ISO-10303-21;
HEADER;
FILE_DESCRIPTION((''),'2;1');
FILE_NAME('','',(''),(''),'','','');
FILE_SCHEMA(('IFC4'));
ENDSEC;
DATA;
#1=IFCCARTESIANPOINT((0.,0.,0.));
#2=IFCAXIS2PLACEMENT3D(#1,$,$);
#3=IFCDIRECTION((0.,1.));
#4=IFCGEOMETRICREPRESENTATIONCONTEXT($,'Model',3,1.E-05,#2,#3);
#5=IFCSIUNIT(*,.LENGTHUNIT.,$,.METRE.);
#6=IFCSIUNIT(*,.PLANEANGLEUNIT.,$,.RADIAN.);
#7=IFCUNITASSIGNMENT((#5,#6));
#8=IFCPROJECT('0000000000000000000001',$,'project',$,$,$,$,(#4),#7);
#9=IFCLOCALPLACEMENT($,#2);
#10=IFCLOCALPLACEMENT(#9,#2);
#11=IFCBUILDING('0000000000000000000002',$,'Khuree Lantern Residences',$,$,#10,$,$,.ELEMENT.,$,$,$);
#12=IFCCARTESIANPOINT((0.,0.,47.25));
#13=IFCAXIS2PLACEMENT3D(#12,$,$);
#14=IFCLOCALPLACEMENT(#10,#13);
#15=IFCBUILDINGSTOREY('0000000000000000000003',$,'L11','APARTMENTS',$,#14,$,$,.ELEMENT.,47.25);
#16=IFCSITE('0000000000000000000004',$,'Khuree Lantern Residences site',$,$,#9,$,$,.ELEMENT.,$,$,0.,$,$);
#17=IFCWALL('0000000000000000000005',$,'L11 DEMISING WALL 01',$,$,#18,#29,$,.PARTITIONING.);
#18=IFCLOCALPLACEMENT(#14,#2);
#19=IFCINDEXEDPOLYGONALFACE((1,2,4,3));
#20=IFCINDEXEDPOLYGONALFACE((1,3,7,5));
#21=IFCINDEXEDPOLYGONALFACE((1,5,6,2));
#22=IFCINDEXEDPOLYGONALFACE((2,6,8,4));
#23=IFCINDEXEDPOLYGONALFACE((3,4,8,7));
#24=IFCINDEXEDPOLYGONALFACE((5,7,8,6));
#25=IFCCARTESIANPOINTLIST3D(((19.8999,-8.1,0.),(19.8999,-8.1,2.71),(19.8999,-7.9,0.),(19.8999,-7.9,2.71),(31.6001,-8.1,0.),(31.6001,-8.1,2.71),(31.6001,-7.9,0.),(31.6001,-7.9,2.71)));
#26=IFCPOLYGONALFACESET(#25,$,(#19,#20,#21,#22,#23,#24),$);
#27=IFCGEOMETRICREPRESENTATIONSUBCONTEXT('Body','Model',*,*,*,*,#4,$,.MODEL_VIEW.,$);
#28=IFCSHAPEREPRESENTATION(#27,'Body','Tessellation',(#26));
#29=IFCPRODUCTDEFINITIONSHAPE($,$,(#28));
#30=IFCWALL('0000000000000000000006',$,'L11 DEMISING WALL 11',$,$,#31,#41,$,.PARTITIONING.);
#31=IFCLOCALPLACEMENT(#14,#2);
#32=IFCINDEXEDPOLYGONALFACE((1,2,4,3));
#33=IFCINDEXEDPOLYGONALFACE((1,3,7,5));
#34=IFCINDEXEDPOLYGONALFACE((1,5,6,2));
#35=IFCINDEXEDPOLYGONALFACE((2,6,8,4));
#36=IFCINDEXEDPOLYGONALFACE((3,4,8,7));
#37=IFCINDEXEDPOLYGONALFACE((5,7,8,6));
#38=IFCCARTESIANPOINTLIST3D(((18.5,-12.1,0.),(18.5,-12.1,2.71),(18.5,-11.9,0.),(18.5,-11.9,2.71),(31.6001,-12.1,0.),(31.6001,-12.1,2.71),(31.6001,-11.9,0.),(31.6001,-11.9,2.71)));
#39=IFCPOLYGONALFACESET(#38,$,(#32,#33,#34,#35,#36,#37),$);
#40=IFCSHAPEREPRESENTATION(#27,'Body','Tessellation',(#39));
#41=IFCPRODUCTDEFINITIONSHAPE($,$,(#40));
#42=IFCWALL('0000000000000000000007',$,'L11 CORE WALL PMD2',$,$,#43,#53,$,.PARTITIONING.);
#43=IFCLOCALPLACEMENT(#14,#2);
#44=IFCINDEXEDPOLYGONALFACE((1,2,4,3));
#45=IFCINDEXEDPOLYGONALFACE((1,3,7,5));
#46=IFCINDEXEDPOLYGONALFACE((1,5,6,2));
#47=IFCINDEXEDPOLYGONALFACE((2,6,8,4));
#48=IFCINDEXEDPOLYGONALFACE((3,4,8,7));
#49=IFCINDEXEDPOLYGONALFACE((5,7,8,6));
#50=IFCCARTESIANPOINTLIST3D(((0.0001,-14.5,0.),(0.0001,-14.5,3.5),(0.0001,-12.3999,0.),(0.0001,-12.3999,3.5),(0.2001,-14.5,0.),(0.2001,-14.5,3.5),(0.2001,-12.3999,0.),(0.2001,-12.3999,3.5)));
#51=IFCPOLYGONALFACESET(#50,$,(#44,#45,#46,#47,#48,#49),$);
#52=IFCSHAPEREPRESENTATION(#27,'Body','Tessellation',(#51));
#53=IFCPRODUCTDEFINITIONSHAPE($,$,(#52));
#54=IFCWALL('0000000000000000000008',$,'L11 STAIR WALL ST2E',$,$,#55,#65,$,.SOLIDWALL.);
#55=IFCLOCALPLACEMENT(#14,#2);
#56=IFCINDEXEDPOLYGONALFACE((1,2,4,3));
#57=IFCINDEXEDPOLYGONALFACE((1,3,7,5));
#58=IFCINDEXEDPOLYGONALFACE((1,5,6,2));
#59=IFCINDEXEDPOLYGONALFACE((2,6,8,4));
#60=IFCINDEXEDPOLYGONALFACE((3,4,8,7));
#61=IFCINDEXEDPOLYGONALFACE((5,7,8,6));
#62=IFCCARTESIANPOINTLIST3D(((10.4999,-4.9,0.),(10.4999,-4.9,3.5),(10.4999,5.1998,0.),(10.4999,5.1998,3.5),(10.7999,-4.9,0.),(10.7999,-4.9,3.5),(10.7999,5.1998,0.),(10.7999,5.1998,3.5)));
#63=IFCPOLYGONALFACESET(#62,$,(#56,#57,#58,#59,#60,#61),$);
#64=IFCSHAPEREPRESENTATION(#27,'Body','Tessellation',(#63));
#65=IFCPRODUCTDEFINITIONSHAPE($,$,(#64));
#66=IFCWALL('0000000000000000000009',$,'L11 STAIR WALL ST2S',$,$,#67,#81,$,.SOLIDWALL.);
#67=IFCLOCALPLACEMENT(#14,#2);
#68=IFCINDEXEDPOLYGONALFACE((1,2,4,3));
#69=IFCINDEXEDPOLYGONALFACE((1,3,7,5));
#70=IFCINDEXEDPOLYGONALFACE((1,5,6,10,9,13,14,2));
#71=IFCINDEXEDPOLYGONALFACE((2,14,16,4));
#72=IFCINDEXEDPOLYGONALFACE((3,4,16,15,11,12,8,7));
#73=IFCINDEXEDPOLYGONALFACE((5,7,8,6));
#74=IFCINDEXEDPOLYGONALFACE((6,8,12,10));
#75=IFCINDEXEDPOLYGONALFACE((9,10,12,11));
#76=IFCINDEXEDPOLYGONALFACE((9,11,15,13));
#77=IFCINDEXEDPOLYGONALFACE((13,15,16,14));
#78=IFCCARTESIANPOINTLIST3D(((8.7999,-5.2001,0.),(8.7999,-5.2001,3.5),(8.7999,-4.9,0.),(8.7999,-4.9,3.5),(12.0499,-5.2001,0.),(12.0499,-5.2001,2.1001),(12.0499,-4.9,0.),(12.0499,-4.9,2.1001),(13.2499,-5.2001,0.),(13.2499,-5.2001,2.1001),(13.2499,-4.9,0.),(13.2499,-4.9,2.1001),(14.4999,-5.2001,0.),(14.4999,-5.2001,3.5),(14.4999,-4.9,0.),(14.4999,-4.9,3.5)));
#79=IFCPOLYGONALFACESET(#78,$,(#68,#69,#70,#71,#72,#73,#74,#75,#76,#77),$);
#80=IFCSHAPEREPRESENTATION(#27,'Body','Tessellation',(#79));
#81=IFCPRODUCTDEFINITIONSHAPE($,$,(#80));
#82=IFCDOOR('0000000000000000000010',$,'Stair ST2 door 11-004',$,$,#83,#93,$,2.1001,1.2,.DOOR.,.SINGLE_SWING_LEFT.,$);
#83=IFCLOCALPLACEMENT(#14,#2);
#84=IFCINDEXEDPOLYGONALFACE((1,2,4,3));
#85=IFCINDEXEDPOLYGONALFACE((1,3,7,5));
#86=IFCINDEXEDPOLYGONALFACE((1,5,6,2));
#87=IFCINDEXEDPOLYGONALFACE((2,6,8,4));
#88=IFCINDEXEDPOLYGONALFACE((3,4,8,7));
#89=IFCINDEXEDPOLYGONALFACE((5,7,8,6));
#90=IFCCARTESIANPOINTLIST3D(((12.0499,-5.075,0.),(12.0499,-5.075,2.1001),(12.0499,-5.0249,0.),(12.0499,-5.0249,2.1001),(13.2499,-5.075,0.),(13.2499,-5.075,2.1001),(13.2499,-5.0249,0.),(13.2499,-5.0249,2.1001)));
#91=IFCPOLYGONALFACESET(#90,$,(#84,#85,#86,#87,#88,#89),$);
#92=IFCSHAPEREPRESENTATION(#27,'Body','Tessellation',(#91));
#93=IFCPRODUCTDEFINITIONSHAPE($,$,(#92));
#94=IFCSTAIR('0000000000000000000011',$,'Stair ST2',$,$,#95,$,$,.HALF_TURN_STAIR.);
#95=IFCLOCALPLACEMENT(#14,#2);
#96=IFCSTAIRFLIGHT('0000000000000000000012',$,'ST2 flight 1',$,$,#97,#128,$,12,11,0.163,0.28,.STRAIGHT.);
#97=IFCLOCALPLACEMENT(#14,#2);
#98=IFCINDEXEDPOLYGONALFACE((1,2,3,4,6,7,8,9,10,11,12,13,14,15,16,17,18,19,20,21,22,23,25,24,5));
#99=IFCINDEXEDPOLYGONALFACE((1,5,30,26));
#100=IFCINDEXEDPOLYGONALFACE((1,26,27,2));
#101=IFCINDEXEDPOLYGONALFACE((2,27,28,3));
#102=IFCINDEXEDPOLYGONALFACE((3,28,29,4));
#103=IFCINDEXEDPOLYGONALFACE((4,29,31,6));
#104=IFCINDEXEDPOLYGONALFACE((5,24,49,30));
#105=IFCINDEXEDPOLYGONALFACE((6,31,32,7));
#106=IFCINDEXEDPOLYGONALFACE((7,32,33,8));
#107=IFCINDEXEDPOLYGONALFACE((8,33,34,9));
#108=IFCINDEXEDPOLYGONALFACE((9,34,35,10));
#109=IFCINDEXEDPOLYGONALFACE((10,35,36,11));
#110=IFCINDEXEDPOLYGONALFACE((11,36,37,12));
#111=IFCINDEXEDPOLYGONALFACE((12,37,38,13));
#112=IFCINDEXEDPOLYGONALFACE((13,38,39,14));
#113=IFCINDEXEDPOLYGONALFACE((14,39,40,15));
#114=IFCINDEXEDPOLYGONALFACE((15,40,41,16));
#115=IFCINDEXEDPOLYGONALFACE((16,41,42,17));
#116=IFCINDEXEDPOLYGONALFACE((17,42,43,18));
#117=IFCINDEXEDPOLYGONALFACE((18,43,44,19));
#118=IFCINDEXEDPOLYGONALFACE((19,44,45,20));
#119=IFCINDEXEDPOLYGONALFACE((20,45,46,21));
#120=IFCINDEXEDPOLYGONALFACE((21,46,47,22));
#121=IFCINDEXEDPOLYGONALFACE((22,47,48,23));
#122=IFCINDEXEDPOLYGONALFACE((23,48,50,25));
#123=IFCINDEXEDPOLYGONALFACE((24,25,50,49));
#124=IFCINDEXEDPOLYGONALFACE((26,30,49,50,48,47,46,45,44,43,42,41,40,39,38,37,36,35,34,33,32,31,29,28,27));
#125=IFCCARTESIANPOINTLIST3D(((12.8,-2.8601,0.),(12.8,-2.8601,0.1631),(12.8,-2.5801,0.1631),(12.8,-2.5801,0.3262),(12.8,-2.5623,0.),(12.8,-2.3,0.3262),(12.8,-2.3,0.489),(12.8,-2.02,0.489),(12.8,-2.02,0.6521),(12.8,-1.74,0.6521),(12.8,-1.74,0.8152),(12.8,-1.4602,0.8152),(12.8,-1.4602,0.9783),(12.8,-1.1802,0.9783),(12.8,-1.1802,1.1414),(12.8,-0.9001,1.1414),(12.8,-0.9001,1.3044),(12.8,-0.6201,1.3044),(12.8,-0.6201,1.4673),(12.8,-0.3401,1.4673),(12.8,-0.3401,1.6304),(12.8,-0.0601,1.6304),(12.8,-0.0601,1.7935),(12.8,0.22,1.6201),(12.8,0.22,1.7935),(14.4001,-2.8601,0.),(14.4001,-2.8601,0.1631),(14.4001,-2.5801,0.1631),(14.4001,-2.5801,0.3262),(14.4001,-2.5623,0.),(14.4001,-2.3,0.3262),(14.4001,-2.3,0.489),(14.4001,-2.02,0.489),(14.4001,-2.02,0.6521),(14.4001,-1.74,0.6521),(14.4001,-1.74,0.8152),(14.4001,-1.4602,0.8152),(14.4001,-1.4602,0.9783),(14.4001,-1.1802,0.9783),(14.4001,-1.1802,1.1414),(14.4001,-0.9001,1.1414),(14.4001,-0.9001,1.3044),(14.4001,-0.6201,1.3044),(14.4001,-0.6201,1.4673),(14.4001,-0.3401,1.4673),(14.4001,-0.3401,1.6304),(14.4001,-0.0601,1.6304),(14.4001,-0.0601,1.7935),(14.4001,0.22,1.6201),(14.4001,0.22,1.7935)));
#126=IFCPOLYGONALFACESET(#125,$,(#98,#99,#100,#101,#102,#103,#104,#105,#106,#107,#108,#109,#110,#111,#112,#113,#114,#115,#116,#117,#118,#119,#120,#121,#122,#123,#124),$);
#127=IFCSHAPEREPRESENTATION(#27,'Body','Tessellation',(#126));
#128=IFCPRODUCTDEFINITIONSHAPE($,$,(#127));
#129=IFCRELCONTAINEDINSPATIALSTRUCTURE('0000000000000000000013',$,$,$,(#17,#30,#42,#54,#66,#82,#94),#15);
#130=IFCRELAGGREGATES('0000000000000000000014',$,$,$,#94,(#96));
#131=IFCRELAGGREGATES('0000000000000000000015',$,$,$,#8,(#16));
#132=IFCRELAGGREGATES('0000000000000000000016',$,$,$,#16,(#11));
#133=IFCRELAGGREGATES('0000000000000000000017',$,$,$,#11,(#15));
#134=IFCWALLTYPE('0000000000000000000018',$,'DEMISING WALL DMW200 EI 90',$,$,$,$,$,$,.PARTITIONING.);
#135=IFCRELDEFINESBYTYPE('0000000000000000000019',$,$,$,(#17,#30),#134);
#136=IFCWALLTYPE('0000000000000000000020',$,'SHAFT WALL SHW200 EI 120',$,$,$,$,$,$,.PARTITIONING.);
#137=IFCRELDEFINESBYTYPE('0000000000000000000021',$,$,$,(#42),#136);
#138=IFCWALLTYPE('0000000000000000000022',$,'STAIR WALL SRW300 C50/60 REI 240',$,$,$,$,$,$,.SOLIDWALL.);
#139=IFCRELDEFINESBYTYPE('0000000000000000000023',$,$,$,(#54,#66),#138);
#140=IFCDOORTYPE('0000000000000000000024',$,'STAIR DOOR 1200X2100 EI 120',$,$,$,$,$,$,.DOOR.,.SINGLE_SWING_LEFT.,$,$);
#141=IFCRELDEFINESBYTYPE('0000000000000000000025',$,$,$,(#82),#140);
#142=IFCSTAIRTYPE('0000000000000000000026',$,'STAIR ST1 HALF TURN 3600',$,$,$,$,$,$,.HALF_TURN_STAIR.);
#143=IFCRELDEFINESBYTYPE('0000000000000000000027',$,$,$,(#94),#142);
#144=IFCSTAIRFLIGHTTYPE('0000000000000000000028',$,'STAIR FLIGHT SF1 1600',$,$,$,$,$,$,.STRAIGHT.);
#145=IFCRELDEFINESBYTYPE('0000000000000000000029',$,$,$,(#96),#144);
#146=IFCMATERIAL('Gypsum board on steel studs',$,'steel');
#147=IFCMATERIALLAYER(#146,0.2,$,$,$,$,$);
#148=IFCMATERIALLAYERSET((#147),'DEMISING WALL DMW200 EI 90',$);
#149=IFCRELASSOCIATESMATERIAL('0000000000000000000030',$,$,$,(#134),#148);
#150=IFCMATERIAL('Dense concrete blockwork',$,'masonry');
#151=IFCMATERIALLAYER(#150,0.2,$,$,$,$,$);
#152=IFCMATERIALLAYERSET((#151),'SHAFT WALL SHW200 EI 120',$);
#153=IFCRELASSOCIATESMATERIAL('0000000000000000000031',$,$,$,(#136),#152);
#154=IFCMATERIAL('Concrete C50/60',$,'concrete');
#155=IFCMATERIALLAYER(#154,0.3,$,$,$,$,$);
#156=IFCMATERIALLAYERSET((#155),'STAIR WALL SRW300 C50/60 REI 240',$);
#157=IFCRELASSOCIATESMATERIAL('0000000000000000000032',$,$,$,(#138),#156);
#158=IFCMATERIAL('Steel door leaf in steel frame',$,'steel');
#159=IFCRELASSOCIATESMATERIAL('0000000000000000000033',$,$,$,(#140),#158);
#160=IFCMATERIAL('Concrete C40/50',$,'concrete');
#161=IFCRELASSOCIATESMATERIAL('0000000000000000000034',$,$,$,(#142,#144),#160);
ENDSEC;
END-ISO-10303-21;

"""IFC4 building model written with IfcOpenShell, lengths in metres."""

from ifc_helpers import new_model, si_unit, direction, frame, frame_2d, origin, place, context, subcontext, project, spatial, polyline, rectangle, outline, extrude, material, layer, layer_set, type_object, element, fill, aggregate, save


model = new_model("IFC4")

# Units and contexts
model_context = context("Model", 3, precision=1e-05, world=origin(), true_north=direction((0.0, 1.0)))
body_context = subcontext(model_context, "Body", "Model", "MODEL_VIEW")
ifc_project = project(units=[si_unit("LENGTHUNIT", "METRE"), si_unit("PLANEANGLEUNIT", "RADIAN")], contexts=[model_context])

# Site, building, storey
site_placement = place(None, origin())
site = spatial("IfcSite", under=ifc_project, at=site_placement, Name="Khuree Lantern Residences site", CompositionType="ELEMENT", RefElevation=0.0)
building_placement = place(site_placement, origin())
building = spatial("IfcBuilding", under=site, at=building_placement, Name="Khuree Lantern Residences", CompositionType="ELEMENT")
storey_placement = place(building_placement, frame((0.0, 0.0, 47.25)))
storey = spatial("IfcBuildingStorey", under=building, at=storey_placement, Name="L11", Description="APARTMENTS", CompositionType="ELEMENT", Elevation=47.25)

# Shared definitions
ifc_material_1 = material(Name="Dense concrete blockwork", Category="masonry")

# Shared definitions
ifc_material_2 = material(Name="Gypsum board on steel studs", Category="steel")

# Shared definitions
ifc_material_3 = material(Name="Steel door leaf in steel frame", Category="steel")

# Walls
ifc_layer_1 = layer(ifc_material_2, 0.2)
ifc_layer_set_1 = layer_set([ifc_layer_1], Name="DEMISING WALL DMW200 EI 90")
wall_type_1 = type_object("IfcWallType", Name="DEMISING WALL DMW200 EI 90", PredefinedType="PARTITIONING", material=ifc_layer_set_1)
wall_1_placement = place(storey_placement, frame((19.8999, -8.0, 0.0), z_axis=(0.0, 0.0, 1.0), x_axis=(1.0, 0.0, 0.0)))
element("IfcWall", 1, at=wall_1_placement, inside=storey, type_object=wall_type_1, Name="L11 DEMISING WALL 01", PredefinedType="PARTITIONING", context=body_context, shape_type="SweptSolid", body=[
    extrude(rectangle(XDim=11.7002, YDim=0.2, at=frame_2d((5.8501, 0.0))), origin(), (0.0, 0.0, 1.0), 2.71),
])
wall_2_placement = place(storey_placement, frame((18.5, -12.0, 0.0), z_axis=(0.0, 0.0, 1.0), x_axis=(1.0, 0.0, 0.0)))
element("IfcWall", 2, at=wall_2_placement, inside=storey, type_object=wall_type_1, Name="L11 DEMISING WALL 11", PredefinedType="PARTITIONING", context=body_context, shape_type="SweptSolid", body=[
    extrude(rectangle(XDim=13.1001, YDim=0.2, at=frame_2d((6.55, 0.0))), origin(), (0.0, 0.0, 1.0), 2.71),
])
ifc_layer_2 = layer(ifc_material_1, 0.2)
ifc_layer_set_2 = layer_set([ifc_layer_2], Name="SHAFT WALL SHW200 EI 120")
wall_type_2 = type_object("IfcWallType", Name="SHAFT WALL SHW200 EI 120", PredefinedType="PARTITIONING", material=ifc_layer_set_2)
wall_3_placement = place(storey_placement, frame((0.1001, -14.5, 0.0), z_axis=(0.0, 0.0, 1.0), x_axis=(0.0, 1.0, 0.0)))
element("IfcWall", 3, at=wall_3_placement, inside=storey, type_object=wall_type_2, Name="L11 CORE WALL PMD2", PredefinedType="PARTITIONING", context=body_context, shape_type="SweptSolid", body=[
    extrude(rectangle(XDim=2.1001, YDim=0.2, at=frame_2d((1.05, 0.0))), origin(), (0.0, 0.0, 1.0), 3.5),
])
ifc_material_4 = material(Name="Concrete C50/60", Category="concrete")
ifc_layer_3 = layer(ifc_material_4, 0.3)
ifc_layer_set_3 = layer_set([ifc_layer_3], Name="STAIR WALL SRW300 C50/60 REI 240")
wall_type_3 = type_object("IfcWallType", Name="STAIR WALL SRW300 C50/60 REI 240", PredefinedType="SOLIDWALL", material=ifc_layer_set_3)
wall_4_placement = place(storey_placement, frame((10.6499, -4.8999, 0.0), z_axis=(0.0, 0.0, 1.0), x_axis=(0.0, 1.0, 0.0)))
element("IfcWall", 4, at=wall_4_placement, inside=storey, type_object=wall_type_3, Name="L11 STAIR WALL ST2E", PredefinedType="SOLIDWALL", context=body_context, shape_type="SweptSolid", body=[
    extrude(rectangle(XDim=10.0999, YDim=0.3, at=frame_2d((5.0498, 0.0))), origin(), (0.0, 0.0, 1.0), 3.5),
])

# Wall, opening, door
wall_5_placement = place(storey_placement, frame((14.5, -5.05, 0.0), z_axis=(0.0, 0.0, 1.0), x_axis=(-1.0, 0.0, 0.0)))
wall_5 = element("IfcWall", 5, at=wall_5_placement, inside=storey, type_object=wall_type_3, Name="L11 STAIR WALL ST2S", PredefinedType="SOLIDWALL", context=body_context, shape_type="SweptSolid", body=[
    extrude(rectangle(XDim=5.7, YDim=0.3, at=frame_2d((2.8501, 0.0))), origin(), (0.0, 0.0, 1.0), 3.5),
])
opening_1_placement = place(wall_5_placement, frame((1.25, 0.0, 0.0)))
opening_1 = element("IfcOpeningElement", 6, at=opening_1_placement, cuts=wall_5, PredefinedType="OPENING", context=body_context, shape_type="SweptSolid", body=[
    extrude(rectangle(XDim=1.2, YDim=2.1001, at=frame_2d((0.6001, 1.05))), frame((0.0, 0.1602, 0.0), z_axis=(0.0, -1.0, 0.0), x_axis=(1.0, 0.0, 0.0)), (0.0, 0.0, 1.0), 0.3201),
])
door_type_1 = type_object("IfcDoorType", Name="STAIR DOOR 1200X2100 EI 120", OperationType="SINGLE_SWING_LEFT", PredefinedType="DOOR", material=ifc_material_3)
door_1_placement = place(opening_1_placement, origin())
door_1 = element("IfcDoor", 7, at=door_1_placement, inside=storey, type_object=door_type_1, Name="Stair ST2 door 11-004", OperationType="SINGLE_SWING_LEFT", OverallHeight=2.1001, OverallWidth=1.2, PredefinedType="DOOR", context=body_context, shape_type="SweptSolid", body=[
    extrude(rectangle(XDim=1.2, YDim=2.1001, at=frame_2d((0.6001, 1.05))), frame((0.0, 0.0249, 0.0), z_axis=(0.0, -1.0, 0.0), x_axis=(1.0, 0.0, 0.0)), (0.0, 0.0, 1.0), 0.05),
])
fill(opening_1, door_1)

# Stair, stair flight
ifc_material_5 = material(Name="Concrete C40/50", Category="concrete")
stair_type = type_object("IfcStairType", Name="STAIR ST1 HALF TURN 3600", PredefinedType="HALF_TURN_STAIR", material=ifc_material_5)
stair_placement = place(storey_placement, origin())
stair = element("IfcStair", 8, at=stair_placement, inside=storey, type_object=stair_type, Name="Stair ST2", PredefinedType="HALF_TURN_STAIR")
stair_flight_type = type_object("IfcStairFlightType", Name="STAIR FLIGHT SF1 1600", PredefinedType="STRAIGHT", material=ifc_material_5)
stair_flight_placement = place(storey_placement, frame((13.6001, -2.8601, 0.0), z_axis=(0.0, 0.0, 1.0), x_axis=(0.0, 1.0, 0.0)))
stair_flight = element("IfcStairFlight", 9, at=stair_flight_placement, type_object=stair_flight_type, Name="ST2 flight 1", NumberOfRisers=12, NumberOfTreads=11, PredefinedType="STRAIGHT", RiserHeight=0.163, TreadLength=0.28, context=body_context, shape_type="SweptSolid", body=[
    extrude(outline(polyline([(0.0, 0.0), (0.0, 0.1631), (0.28, 0.1631), (0.28, 0.3262), (0.5601, 0.3262), (0.5601, 0.489), (0.8401, 0.489), (0.8401, 0.6521), (1.1201, 0.6521), (1.1201, 0.8152), (1.3999, 0.8152), (1.3999, 0.9783), (1.6799, 0.9783), (1.6799, 1.1414), (1.96, 1.1414), (1.96, 1.3044), (2.24, 1.3044), (2.24, 1.4673), (2.52, 1.4673), (2.52, 1.6304), (2.8, 1.6304), (2.8, 1.7935), (3.0801, 1.7935), (3.0801, 1.9565), (3.0801, 1.6201), (0.2979, 0.0), (0.0, 0.0)])), frame((0.0, 0.8, 0.0), z_axis=(0.0, -1.0, 0.0), x_axis=(1.0, 0.0, 0.0)), (0.0, 0.0, 1.0), 1.6001),
])
aggregate(stair, [stair_flight])

save(model, "model.ifc")
